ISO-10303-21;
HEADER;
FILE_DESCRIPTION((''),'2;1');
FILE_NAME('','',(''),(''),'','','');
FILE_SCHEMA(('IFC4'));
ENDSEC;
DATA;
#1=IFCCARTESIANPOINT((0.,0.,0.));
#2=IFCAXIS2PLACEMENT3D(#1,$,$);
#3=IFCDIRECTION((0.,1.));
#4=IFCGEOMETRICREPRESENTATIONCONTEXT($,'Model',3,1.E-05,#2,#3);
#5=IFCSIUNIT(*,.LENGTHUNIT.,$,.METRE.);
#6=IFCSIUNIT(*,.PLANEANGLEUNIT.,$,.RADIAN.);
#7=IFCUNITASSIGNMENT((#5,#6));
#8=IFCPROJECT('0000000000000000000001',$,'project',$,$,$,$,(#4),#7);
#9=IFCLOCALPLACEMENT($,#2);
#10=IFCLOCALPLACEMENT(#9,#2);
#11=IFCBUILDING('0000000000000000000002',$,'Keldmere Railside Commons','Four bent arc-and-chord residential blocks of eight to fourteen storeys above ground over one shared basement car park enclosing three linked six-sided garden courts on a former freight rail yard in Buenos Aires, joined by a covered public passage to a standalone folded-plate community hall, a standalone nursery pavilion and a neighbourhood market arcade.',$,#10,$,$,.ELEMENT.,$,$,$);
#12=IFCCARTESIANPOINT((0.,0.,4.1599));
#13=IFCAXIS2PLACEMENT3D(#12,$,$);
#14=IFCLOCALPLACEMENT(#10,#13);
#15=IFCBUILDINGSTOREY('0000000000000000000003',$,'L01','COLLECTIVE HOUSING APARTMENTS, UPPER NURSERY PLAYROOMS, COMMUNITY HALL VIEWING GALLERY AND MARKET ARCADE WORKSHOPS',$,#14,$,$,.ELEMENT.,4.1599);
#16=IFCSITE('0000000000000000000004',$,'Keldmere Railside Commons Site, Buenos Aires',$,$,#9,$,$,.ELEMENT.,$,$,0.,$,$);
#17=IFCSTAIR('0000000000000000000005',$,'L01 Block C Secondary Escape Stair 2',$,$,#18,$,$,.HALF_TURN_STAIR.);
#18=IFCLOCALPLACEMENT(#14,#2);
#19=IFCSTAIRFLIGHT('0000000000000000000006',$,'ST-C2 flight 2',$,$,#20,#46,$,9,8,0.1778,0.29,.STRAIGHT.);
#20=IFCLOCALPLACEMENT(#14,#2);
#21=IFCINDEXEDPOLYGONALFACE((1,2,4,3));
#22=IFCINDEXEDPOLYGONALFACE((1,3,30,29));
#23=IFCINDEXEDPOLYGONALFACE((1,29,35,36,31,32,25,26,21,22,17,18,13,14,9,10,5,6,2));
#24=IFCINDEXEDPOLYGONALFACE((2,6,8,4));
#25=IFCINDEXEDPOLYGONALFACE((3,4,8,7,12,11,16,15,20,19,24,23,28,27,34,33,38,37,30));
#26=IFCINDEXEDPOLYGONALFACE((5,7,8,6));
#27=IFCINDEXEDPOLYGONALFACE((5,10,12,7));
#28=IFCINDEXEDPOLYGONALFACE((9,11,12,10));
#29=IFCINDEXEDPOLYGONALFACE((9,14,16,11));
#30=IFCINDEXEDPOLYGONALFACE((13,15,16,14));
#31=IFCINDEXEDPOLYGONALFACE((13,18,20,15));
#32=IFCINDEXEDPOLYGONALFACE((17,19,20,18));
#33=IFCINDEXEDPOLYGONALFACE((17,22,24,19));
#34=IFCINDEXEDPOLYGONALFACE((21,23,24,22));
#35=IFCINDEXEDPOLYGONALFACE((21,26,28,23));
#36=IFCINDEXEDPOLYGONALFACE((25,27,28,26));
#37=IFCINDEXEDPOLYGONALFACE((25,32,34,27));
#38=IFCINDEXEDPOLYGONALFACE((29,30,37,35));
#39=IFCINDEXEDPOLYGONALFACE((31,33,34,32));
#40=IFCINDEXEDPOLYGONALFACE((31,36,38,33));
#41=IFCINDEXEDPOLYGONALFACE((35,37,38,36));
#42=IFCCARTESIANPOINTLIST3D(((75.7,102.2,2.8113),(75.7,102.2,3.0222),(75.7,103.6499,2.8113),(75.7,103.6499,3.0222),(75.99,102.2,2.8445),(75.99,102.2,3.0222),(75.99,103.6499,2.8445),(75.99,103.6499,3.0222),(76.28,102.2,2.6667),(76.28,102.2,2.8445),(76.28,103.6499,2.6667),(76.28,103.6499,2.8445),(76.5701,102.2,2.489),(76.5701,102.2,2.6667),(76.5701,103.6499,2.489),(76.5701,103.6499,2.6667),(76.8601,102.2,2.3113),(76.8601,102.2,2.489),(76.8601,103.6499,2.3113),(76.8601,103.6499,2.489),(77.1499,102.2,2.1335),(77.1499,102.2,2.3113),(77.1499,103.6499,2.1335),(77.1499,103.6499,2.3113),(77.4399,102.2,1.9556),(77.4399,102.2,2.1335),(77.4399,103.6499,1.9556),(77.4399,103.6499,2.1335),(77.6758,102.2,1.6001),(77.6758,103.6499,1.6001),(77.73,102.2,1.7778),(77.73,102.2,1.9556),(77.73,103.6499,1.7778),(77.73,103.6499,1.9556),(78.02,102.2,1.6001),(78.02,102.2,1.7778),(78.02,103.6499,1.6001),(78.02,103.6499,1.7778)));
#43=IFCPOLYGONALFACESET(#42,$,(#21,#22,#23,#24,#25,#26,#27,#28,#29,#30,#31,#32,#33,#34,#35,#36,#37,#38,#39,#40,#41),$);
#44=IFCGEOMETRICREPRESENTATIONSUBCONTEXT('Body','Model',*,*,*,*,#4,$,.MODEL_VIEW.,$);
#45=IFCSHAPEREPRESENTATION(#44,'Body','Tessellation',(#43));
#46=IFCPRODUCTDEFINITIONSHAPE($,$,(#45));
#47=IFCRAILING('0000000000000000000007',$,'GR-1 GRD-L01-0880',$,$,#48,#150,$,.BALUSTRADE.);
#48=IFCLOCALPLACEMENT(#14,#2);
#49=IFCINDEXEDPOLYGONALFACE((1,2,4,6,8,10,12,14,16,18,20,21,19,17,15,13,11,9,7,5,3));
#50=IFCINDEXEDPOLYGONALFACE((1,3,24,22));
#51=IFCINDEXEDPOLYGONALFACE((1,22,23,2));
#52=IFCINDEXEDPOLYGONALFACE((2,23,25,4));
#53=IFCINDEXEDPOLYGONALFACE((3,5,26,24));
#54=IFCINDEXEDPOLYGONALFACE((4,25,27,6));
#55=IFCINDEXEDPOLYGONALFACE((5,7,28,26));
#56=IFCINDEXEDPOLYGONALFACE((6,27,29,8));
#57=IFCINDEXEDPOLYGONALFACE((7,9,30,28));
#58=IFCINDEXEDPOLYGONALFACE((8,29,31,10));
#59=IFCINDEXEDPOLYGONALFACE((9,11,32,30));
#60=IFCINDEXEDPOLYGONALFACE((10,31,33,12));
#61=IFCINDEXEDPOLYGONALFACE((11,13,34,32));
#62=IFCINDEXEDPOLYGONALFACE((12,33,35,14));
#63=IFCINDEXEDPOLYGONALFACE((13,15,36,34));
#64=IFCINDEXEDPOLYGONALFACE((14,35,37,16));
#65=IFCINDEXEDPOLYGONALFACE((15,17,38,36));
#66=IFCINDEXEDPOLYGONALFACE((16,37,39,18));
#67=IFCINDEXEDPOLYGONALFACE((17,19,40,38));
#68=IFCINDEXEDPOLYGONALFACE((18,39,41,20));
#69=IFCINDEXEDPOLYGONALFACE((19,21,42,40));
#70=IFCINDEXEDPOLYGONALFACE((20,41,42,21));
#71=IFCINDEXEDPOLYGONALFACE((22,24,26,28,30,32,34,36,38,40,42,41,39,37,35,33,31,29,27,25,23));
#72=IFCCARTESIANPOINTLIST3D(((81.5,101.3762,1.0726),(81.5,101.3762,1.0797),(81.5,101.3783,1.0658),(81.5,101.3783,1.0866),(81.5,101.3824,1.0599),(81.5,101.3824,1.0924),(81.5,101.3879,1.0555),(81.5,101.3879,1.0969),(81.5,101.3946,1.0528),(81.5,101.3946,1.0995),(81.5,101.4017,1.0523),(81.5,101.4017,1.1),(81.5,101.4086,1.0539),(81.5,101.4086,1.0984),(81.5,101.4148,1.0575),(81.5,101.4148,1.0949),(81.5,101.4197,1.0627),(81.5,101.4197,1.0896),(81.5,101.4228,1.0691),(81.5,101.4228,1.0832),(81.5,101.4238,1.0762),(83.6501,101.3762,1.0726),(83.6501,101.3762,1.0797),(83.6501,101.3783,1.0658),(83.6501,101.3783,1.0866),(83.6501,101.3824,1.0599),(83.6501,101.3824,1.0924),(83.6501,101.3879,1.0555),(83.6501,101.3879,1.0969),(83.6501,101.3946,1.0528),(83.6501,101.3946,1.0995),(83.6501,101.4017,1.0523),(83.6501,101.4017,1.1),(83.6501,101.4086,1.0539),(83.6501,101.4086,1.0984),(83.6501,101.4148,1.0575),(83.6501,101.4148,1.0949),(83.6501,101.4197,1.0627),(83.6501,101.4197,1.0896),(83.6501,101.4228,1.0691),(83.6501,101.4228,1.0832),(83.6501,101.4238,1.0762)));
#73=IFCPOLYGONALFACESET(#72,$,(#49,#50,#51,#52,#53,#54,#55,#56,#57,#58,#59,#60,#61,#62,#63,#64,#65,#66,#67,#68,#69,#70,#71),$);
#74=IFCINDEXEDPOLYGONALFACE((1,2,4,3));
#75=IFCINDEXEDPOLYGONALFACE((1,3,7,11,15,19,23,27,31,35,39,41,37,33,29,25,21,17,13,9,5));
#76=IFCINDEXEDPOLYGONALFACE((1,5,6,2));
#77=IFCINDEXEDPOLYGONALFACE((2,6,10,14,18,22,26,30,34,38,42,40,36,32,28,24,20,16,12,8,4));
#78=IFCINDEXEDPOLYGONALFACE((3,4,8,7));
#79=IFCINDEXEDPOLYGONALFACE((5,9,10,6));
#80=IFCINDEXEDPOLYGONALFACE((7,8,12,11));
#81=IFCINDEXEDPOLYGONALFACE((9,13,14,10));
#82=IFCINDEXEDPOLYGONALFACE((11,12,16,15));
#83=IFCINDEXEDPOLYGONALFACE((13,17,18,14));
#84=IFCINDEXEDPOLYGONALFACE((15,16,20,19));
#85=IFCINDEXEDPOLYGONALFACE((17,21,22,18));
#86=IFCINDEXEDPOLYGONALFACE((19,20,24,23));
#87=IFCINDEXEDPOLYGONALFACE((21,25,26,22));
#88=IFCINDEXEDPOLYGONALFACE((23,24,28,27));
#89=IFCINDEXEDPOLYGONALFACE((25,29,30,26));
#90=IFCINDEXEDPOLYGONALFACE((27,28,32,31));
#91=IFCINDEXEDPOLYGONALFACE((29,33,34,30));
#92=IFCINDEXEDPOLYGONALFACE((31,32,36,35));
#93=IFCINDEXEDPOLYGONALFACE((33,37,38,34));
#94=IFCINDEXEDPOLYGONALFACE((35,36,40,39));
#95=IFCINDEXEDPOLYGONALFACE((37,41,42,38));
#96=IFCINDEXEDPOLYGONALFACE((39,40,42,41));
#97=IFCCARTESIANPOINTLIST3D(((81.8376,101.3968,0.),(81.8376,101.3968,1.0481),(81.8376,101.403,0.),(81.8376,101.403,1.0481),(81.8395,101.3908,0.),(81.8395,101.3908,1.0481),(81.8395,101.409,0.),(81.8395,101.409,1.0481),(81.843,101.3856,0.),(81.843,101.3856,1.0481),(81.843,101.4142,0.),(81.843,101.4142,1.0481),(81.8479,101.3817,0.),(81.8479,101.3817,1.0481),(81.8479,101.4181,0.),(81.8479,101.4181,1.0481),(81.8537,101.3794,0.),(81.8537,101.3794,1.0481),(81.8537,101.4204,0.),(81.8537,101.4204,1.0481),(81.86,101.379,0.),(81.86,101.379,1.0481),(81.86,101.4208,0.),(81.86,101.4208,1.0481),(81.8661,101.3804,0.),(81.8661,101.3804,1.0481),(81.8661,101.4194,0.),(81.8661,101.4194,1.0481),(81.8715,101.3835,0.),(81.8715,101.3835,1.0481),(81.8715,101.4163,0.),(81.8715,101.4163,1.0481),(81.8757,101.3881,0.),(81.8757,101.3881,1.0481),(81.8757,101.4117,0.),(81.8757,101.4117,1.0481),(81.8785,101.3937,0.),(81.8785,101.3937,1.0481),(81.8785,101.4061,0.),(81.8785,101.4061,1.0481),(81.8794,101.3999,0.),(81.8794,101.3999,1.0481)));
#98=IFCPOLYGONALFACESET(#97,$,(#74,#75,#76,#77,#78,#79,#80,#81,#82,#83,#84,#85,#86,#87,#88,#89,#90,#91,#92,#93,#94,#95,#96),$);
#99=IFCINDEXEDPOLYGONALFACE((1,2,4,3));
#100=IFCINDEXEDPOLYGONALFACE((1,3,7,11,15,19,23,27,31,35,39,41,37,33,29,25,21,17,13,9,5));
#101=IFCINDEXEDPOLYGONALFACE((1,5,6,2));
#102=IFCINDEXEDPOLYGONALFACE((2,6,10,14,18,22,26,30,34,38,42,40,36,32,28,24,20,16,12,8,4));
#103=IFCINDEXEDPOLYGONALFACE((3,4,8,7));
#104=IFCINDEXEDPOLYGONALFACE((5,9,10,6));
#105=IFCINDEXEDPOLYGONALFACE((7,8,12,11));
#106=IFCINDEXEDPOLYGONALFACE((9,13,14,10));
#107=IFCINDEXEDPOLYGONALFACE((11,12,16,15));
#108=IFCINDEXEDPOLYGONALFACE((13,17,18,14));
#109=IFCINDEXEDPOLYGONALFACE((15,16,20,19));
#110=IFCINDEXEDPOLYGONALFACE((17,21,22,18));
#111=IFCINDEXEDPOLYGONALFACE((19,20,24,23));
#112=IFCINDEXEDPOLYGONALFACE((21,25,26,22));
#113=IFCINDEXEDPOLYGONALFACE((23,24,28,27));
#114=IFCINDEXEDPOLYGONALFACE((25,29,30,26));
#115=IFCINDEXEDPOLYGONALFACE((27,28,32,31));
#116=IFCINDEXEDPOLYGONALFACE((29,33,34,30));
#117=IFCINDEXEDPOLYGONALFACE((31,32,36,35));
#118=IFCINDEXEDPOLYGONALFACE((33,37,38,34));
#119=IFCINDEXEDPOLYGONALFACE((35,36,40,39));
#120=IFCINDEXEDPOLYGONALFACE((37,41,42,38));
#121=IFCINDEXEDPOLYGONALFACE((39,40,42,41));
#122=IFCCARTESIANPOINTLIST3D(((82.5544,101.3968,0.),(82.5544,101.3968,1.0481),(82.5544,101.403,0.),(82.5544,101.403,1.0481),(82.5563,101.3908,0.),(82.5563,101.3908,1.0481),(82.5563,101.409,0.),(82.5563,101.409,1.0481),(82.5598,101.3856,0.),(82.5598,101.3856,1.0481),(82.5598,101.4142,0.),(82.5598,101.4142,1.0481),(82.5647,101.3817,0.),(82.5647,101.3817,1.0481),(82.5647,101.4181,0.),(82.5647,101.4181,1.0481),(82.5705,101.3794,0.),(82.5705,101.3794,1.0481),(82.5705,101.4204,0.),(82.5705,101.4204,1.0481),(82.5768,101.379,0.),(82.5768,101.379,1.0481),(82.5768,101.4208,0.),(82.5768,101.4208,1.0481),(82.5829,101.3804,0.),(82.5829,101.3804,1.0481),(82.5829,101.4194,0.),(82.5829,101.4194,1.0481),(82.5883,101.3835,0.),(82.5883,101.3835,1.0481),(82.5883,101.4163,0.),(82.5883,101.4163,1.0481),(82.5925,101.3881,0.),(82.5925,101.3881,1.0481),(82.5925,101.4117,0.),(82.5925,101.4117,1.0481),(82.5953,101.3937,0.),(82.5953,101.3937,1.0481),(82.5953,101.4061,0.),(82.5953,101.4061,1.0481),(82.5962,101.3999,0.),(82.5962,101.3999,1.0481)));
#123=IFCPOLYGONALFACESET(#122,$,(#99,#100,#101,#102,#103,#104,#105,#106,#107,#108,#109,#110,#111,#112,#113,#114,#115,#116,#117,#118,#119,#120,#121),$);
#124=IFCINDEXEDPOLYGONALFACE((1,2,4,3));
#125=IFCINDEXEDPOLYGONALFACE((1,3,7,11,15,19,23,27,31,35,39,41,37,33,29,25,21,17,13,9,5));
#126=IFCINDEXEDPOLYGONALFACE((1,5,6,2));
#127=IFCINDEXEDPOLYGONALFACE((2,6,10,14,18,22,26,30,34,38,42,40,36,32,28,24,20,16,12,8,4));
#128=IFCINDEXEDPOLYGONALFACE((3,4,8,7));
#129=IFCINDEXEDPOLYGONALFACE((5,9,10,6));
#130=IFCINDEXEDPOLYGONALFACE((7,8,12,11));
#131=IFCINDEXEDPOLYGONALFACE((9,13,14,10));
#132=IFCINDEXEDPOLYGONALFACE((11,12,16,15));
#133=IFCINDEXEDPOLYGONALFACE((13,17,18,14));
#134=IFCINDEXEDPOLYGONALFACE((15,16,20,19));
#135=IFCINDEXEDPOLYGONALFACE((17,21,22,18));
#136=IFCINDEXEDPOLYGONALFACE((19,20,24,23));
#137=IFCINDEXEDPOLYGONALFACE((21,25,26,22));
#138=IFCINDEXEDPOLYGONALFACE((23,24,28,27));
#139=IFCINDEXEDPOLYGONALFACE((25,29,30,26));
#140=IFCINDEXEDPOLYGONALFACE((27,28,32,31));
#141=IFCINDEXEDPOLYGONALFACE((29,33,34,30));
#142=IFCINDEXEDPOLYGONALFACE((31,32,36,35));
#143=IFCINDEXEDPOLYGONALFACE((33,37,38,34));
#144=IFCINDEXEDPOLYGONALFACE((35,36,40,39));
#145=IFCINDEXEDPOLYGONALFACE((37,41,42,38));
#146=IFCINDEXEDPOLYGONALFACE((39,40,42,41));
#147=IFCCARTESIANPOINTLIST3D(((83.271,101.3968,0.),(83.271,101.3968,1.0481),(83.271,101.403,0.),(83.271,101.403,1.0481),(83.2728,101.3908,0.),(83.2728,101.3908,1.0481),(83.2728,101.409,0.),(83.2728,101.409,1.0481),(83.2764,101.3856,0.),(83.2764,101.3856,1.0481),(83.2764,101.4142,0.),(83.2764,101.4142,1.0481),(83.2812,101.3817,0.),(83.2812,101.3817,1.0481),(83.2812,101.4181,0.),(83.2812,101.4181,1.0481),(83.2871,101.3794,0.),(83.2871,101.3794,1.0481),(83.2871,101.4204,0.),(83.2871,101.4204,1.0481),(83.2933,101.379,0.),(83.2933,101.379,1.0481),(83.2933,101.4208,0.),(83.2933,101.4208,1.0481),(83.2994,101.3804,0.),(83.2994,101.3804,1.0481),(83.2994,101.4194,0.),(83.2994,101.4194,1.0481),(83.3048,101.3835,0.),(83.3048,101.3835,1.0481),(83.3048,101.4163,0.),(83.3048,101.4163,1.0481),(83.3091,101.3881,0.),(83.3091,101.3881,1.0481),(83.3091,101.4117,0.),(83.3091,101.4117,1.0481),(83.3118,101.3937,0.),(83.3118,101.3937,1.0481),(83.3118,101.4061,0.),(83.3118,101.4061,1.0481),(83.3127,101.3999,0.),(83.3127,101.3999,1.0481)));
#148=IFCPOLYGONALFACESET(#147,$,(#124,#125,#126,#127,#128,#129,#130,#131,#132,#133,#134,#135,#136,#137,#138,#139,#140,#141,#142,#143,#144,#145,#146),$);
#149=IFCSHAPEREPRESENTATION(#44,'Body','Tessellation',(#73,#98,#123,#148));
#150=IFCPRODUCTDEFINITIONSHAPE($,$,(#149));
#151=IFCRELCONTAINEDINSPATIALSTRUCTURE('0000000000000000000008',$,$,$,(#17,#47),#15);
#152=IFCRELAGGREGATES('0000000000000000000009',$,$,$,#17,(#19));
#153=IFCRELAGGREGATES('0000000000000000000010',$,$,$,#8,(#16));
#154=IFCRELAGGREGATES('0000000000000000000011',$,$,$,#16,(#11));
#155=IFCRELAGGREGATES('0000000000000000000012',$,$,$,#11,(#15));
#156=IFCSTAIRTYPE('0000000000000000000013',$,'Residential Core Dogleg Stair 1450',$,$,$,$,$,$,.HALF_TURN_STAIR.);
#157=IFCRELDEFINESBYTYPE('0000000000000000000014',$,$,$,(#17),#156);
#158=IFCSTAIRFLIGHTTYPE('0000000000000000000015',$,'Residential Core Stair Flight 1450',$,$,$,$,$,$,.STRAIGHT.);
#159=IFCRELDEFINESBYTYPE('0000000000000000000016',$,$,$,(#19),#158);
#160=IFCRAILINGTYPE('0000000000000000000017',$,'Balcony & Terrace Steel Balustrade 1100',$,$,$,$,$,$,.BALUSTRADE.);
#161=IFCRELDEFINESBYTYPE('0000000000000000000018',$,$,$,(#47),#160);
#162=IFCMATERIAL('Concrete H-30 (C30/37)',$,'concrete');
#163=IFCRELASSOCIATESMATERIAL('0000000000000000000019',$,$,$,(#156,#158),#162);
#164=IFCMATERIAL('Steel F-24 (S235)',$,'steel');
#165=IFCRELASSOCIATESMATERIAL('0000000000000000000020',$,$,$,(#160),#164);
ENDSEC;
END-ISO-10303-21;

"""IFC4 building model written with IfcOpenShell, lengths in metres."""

from ifc_helpers import new_model, si_unit, direction, frame, origin, origin_2d, place, context, subcontext, project, spatial, polyline, circle, outline, extrude, material, type_object, element, aggregate, save


model = new_model("IFC4")

# Units and contexts
model_context = context("Model", 3, precision=1e-05, world=origin(), true_north=direction((0.0, 1.0)))
body_context = subcontext(model_context, "Body", "Model", "MODEL_VIEW")
ifc_project = project(units=[si_unit("LENGTHUNIT", "METRE"), si_unit("PLANEANGLEUNIT", "RADIAN")], contexts=[model_context])

# Site, building, storey
site_placement = place(None, origin())
site = spatial("IfcSite", under=ifc_project, at=site_placement, Name="Keldmere Railside Commons Site, Buenos Aires", CompositionType="ELEMENT", RefElevation=0.0)
building_placement = place(site_placement, origin())
building = spatial("IfcBuilding", under=site, at=building_placement, Name="Keldmere Railside Commons", Description="Four bent arc-and-chord residential blocks of eight to fourteen storeys above ground over one shared basement car park enclosing three linked six-sided garden courts on a former freight rail yard in Buenos Aires, joined by a covered public passage to a standalone folded-plate community hall, a standalone nursery pavilion and a neighbourhood market arcade.", CompositionType="ELEMENT")
storey_placement = place(building_placement, frame((0.0, 0.0, 4.1599)))
storey = spatial("IfcBuildingStorey", under=building, at=storey_placement, Name="L01", Description="COLLECTIVE HOUSING APARTMENTS, UPPER NURSERY PLAYROOMS, COMMUNITY HALL VIEWING GALLERY AND MARKET ARCADE WORKSHOPS", CompositionType="ELEMENT", Elevation=4.1599)

# Stair, stair flight
ifc_material_1 = material(Name="Concrete H-30 (C30/37)", Category="concrete")
stair_type = type_object("IfcStairType", Name="Residential Core Dogleg Stair 1450", PredefinedType="HALF_TURN_STAIR", material=ifc_material_1)
stair_placement = place(storey_placement, origin())
stair = element("IfcStair", 1, at=stair_placement, inside=storey, type_object=stair_type, Name="L01 Block C Secondary Escape Stair 2", PredefinedType="HALF_TURN_STAIR")
stair_flight_type = type_object("IfcStairFlightType", Name="Residential Core Stair Flight 1450", PredefinedType="STRAIGHT", material=ifc_material_1)
stair_flight_1_placement = place(storey_placement, frame((78.02, 102.925, 1.6001), z_axis=(0.0, 0.0, 1.0), x_axis=(-1.0, 0.0, 0.0)))
stair_flight_1 = element("IfcStairFlight", 2, at=stair_flight_1_placement, type_object=stair_flight_type, Name="ST-C2 flight 2", NumberOfRisers=9, NumberOfTreads=8, PredefinedType="STRAIGHT", RiserHeight=0.1778, TreadLength=0.29, context=body_context, shape_type="SweptSolid", body=[
    extrude(outline(polyline([(0.0, 0.0), (0.0, 0.1777), (0.29, 0.1777), (0.29, 0.3555), (0.5801, 0.3555), (0.5801, 0.5334), (0.8701, 0.5334), (0.8701, 0.7112), (1.1599, 0.7112), (1.1599, 0.8889), (1.45, 0.8889), (1.45, 1.0667), (1.74, 1.0667), (1.74, 1.2444), (2.03, 1.2444), (2.03, 1.4221), (2.3201, 1.4221), (2.3201, 1.6001), (2.3201, 1.2112), (0.3442, 0.0), (0.0, 0.0)])), frame((0.0, 0.7251, 0.0), z_axis=(0.0, -1.0, 0.0), x_axis=(1.0, 0.0, 0.0)), (0.0, 0.0, 1.0), 1.45),
])
aggregate(stair, [stair_flight_1])

# Railing
ifc_material_2 = material(Name="Steel F-24 (S235)", Category="steel")
railing_type_1 = type_object("IfcRailingType", Name="Balcony & Terrace Steel Balustrade 1100", PredefinedType="BALUSTRADE", material=ifc_material_2)
railing_1_placement = place(storey_placement, frame((81.5, 101.3999, 0.0)))
element("IfcRailing", 3, at=railing_1_placement, inside=storey, type_object=railing_type_1, Name="GR-1 GRD-L01-0880", PredefinedType="BALUSTRADE", context=body_context, shape_type="SweptSolid", body=[
    extrude(circle(Radius=0.0239, at=origin_2d()), frame((0.0, 0.0, 1.0762), z_axis=(1.0, 0.0, 0.0), x_axis=(0.0, 1.0, 0.0)), (0.0, 0.0, 1.0), 2.1501),
    extrude(circle(Radius=0.021, at=origin_2d()), frame((0.3584, 0.0, 0.0)), (0.0, 0.0, 1.0), 1.0481),
    extrude(circle(Radius=0.021, at=origin_2d()), frame((1.0752, 0.0, 0.0)), (0.0, 0.0, 1.0), 1.0481),
    extrude(circle(Radius=0.021, at=origin_2d()), frame((1.7917, 0.0, 0.0)), (0.0, 0.0, 1.0), 1.0481),
])

save(model, "model.ifc")
